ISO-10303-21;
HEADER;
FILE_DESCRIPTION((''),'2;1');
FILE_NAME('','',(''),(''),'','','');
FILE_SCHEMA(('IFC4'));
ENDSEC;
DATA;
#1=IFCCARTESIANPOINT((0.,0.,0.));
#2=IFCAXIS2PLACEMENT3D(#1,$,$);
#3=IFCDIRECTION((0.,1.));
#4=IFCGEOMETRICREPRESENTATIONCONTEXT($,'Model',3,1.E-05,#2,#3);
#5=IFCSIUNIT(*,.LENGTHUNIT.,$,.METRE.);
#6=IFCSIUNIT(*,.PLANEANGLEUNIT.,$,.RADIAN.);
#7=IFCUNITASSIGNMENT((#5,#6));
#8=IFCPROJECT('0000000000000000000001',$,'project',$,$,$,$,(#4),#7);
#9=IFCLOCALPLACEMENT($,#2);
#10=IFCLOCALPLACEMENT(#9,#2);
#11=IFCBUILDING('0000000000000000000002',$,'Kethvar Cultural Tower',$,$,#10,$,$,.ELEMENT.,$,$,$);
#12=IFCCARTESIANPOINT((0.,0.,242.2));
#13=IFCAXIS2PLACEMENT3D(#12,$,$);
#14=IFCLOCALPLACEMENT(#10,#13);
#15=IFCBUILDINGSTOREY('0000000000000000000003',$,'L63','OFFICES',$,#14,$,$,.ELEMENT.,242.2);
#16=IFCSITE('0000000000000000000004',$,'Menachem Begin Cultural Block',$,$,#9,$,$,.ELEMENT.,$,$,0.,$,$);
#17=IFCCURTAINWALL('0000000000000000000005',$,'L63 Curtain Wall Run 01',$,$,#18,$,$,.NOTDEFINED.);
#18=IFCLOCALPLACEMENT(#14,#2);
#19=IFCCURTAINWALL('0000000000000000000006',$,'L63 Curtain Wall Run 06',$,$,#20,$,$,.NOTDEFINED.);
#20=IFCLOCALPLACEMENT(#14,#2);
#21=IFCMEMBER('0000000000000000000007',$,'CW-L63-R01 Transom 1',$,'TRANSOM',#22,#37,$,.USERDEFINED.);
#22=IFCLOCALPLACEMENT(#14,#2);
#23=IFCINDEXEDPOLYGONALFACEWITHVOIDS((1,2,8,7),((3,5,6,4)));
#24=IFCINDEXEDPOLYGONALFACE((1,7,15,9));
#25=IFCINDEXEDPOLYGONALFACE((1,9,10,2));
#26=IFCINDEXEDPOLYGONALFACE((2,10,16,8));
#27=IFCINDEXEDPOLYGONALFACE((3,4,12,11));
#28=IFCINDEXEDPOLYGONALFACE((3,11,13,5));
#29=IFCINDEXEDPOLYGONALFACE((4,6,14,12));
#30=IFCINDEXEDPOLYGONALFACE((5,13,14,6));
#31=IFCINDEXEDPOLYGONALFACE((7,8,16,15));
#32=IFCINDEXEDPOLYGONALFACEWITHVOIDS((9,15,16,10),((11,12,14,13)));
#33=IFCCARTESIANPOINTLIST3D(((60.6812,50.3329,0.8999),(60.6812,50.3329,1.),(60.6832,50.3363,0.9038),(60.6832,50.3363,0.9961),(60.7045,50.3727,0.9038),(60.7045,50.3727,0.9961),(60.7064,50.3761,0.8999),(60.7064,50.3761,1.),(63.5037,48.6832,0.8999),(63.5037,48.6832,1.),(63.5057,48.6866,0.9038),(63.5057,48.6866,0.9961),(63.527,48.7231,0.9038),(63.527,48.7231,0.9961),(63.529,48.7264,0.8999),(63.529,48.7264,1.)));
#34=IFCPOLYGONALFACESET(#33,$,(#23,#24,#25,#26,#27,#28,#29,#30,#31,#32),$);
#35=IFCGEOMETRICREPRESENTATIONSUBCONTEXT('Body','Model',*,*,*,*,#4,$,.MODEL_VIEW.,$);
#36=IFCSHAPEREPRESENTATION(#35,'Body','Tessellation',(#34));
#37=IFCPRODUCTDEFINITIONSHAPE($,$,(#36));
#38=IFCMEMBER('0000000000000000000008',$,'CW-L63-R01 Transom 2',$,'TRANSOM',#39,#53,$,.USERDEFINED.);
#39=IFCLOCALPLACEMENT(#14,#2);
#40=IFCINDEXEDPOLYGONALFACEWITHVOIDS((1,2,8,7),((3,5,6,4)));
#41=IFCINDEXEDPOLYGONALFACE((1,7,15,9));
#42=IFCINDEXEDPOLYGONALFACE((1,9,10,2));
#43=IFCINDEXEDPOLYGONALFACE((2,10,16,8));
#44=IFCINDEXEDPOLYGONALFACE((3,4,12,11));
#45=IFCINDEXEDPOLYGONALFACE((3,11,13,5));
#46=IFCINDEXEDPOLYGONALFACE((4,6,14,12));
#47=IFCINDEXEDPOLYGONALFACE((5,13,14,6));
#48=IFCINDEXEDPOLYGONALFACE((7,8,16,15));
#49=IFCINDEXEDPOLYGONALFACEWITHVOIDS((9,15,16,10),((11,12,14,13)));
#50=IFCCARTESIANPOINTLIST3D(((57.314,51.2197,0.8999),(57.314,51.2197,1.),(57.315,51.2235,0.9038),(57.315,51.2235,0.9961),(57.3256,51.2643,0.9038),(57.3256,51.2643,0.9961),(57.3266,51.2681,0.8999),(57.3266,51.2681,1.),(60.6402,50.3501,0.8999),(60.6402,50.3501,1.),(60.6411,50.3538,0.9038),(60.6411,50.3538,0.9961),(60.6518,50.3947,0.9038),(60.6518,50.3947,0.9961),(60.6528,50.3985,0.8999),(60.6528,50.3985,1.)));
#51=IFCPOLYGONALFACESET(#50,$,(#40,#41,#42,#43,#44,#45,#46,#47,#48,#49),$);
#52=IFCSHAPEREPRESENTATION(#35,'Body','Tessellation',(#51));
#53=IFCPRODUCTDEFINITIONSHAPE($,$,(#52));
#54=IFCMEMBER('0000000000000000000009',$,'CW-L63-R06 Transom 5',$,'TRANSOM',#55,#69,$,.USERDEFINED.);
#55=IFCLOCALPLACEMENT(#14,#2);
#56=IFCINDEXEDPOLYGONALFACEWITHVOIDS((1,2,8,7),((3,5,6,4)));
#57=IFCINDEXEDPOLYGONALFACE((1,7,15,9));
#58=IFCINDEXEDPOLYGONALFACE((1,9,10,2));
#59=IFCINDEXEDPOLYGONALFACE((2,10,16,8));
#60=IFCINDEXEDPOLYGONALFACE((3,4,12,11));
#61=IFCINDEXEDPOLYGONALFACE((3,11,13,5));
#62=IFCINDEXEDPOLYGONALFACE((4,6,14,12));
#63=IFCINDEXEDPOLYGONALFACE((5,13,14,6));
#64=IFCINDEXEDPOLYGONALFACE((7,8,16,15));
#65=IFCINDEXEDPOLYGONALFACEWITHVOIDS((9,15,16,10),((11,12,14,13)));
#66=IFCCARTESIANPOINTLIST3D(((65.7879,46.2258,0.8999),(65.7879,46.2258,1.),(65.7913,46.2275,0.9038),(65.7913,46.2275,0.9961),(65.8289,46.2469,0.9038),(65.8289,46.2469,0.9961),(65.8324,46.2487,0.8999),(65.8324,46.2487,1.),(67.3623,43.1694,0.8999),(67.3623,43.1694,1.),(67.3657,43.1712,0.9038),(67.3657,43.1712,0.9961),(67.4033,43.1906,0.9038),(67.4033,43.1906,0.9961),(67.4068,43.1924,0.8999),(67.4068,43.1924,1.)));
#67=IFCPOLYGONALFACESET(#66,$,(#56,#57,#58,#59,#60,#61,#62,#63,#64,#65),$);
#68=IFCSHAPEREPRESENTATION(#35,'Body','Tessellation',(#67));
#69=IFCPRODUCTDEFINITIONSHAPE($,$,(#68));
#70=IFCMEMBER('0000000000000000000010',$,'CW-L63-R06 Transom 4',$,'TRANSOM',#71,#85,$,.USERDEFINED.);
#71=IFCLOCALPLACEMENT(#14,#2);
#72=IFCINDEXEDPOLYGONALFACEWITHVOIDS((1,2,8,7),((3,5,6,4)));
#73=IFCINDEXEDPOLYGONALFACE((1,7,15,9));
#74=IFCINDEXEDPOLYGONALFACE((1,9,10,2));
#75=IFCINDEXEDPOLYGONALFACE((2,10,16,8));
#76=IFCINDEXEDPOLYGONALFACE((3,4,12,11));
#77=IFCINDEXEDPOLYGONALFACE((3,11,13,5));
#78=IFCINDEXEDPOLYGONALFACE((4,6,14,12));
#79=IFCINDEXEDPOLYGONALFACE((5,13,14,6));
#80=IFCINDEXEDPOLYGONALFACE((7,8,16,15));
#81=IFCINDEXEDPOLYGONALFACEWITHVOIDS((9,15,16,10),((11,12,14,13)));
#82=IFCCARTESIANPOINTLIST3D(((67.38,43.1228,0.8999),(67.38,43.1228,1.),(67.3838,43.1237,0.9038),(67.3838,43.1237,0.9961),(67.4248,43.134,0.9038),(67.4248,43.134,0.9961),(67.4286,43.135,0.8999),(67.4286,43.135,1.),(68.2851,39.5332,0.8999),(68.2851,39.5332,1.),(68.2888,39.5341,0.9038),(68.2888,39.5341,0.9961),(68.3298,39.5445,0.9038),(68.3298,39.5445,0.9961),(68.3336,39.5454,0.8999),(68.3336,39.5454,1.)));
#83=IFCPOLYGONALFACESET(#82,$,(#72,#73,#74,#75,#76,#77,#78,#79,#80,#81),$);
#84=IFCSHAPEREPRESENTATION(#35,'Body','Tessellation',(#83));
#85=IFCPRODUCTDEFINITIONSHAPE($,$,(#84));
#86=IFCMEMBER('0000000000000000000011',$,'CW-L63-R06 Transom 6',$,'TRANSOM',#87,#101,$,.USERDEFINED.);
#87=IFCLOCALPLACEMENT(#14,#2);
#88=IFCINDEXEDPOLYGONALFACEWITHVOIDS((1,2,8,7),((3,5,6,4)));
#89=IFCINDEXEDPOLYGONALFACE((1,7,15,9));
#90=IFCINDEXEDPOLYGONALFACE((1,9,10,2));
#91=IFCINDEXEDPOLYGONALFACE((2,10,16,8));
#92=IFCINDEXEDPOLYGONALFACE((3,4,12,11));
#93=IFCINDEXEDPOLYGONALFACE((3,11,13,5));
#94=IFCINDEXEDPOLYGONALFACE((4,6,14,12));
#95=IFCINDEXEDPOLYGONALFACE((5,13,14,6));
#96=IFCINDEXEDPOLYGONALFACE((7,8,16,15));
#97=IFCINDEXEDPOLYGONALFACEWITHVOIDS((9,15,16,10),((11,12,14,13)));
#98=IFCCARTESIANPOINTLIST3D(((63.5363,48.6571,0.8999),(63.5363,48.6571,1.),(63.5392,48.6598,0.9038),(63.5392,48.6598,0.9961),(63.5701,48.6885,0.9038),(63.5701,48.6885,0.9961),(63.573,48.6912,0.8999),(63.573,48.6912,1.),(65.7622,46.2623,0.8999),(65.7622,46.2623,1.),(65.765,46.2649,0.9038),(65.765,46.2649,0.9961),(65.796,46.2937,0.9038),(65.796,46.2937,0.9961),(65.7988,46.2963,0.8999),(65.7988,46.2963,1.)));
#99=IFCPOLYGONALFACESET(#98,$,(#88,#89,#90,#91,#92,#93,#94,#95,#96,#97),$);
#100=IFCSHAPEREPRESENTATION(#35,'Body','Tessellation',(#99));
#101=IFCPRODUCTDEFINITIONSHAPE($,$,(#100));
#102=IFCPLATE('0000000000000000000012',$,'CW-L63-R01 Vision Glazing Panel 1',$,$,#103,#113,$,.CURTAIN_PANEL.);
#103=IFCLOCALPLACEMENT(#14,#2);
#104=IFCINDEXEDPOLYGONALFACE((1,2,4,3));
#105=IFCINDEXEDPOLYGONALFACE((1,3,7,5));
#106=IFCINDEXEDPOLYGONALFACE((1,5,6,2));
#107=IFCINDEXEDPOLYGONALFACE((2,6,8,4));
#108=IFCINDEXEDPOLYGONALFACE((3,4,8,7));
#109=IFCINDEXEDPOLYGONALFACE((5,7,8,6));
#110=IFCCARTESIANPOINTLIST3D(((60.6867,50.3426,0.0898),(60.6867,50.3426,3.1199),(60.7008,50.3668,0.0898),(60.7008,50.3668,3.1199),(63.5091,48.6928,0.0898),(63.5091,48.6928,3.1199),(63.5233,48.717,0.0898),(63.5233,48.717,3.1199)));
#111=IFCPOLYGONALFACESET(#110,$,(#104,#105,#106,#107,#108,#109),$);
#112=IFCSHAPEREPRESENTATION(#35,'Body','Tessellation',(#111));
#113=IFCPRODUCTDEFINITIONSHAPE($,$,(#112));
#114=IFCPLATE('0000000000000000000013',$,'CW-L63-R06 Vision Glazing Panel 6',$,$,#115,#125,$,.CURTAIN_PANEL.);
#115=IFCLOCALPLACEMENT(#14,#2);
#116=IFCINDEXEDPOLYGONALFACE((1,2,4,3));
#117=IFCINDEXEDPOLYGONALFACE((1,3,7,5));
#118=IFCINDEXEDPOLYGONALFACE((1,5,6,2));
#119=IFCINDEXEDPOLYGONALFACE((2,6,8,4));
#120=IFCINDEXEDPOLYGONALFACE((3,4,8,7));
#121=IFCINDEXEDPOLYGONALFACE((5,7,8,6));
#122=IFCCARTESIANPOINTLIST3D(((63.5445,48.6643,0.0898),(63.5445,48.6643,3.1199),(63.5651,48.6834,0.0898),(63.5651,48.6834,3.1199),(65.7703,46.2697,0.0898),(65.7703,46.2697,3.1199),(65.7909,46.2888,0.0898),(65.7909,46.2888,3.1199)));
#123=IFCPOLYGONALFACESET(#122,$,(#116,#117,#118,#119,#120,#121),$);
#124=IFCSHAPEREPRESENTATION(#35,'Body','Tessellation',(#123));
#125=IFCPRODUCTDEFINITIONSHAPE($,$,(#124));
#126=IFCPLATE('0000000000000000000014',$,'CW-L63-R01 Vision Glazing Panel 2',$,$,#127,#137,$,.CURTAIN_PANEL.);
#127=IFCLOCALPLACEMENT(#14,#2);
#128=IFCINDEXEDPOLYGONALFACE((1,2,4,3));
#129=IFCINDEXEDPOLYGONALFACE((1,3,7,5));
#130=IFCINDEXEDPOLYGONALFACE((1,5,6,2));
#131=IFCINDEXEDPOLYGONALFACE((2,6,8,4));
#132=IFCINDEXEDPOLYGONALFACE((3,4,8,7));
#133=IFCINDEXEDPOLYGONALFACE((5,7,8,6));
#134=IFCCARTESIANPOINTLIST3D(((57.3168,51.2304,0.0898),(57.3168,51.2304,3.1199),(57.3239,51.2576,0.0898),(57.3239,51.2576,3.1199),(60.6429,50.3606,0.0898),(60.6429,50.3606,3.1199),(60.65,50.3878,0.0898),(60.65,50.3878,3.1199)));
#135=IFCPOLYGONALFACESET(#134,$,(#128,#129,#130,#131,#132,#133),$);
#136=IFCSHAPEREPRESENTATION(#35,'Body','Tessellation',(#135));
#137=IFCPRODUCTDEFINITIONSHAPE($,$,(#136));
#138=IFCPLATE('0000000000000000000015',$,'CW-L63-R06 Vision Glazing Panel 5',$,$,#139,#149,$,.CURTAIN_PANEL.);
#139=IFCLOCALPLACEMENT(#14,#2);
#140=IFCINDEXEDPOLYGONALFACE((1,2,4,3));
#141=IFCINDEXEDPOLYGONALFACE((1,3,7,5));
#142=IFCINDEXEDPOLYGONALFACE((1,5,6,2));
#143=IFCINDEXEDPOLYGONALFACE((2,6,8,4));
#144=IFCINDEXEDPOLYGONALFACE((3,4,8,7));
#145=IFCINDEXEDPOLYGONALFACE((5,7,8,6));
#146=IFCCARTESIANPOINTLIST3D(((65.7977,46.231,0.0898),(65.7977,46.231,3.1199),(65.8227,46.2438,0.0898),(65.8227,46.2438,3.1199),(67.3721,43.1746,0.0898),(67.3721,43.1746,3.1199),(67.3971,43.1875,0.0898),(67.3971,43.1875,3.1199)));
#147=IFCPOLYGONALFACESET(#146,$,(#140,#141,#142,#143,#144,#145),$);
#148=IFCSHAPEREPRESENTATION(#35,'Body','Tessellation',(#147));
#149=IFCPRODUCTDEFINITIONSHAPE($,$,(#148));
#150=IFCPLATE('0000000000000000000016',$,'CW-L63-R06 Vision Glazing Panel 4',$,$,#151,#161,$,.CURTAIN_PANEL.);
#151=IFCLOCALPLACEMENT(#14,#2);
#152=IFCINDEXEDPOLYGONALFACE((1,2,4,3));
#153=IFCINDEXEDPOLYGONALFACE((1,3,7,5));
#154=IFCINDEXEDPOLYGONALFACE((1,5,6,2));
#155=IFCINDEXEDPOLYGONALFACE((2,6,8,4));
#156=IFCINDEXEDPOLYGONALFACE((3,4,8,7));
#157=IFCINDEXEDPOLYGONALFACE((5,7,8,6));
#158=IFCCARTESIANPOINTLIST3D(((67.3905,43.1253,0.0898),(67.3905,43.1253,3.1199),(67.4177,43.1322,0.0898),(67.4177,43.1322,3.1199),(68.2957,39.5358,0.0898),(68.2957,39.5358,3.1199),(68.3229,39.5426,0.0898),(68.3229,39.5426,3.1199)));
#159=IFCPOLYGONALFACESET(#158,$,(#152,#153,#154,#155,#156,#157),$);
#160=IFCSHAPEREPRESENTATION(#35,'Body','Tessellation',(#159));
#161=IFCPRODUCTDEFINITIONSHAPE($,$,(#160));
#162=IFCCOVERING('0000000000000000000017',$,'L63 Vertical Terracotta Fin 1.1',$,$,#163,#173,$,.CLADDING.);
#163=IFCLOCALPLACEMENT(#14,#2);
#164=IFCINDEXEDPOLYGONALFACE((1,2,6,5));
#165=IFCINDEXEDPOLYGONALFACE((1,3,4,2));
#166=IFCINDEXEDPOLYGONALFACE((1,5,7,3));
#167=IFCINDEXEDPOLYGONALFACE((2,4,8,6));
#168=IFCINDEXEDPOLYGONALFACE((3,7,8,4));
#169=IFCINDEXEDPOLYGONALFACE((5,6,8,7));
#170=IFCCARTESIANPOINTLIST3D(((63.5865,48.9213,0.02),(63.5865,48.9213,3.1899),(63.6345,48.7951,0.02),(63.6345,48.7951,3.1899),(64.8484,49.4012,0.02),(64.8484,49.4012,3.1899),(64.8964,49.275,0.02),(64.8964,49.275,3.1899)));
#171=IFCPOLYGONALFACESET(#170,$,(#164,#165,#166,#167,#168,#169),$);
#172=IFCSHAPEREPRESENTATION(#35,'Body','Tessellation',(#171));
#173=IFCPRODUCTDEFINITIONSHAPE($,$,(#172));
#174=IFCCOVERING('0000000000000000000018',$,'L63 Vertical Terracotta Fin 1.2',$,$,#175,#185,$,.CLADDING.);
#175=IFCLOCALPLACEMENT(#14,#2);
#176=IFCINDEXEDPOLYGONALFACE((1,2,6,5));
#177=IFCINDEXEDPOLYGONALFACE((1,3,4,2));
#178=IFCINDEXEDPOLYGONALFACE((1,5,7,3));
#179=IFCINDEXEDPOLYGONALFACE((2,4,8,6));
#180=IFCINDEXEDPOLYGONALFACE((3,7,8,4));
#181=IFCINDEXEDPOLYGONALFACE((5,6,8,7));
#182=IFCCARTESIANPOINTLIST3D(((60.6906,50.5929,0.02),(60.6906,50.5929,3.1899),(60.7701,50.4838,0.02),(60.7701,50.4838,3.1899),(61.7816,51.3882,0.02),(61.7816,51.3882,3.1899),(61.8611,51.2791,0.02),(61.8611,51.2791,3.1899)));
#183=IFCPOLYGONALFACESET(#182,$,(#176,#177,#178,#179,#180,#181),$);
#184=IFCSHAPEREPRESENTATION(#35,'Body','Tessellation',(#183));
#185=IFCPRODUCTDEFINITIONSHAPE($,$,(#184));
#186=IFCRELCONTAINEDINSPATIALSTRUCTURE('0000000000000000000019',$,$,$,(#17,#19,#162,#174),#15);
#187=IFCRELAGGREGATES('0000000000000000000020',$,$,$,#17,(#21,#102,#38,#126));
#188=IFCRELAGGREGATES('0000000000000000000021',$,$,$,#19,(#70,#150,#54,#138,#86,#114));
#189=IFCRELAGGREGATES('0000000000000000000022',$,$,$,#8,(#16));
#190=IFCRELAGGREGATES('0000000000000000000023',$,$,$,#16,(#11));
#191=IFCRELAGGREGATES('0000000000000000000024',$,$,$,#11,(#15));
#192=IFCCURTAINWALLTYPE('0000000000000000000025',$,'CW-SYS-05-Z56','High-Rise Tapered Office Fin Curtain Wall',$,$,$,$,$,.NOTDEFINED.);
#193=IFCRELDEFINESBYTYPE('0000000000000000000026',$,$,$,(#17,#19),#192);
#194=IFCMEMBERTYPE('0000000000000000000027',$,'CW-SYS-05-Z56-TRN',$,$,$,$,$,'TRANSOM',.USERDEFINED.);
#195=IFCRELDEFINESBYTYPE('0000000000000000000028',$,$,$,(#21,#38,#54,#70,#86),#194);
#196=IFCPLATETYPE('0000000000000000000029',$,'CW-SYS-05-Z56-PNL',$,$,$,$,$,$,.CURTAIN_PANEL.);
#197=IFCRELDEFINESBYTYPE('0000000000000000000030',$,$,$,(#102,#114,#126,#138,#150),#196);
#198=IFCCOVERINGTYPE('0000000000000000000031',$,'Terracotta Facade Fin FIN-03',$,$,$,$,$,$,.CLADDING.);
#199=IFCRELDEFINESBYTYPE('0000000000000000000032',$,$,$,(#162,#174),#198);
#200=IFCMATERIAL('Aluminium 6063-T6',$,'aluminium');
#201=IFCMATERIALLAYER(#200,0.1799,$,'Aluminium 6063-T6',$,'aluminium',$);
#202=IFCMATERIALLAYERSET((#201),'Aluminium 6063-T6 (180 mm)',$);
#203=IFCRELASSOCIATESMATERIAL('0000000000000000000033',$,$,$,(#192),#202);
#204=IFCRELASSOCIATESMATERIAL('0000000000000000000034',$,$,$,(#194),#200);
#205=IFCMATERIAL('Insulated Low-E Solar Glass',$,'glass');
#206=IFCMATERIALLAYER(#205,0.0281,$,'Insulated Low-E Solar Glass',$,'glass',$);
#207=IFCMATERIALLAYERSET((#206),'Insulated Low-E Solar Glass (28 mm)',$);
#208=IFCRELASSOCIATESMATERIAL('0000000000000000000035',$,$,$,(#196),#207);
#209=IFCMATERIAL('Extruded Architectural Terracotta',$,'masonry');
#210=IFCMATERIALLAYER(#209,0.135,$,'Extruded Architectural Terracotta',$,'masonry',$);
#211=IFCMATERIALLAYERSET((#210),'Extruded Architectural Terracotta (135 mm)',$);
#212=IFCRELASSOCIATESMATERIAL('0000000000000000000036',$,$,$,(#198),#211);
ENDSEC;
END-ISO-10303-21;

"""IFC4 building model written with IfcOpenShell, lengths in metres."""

from ifc_helpers import new_model, si_unit, direction, frame, origin, origin_2d, place, context, subcontext, project, spatial, rectangle, hollow_rectangle, extrude, source, transform, mapped, material, layer, layer_set, material_profile, profile_set, type_object, element, aggregate, save


model = new_model("IFC4")

# Units and contexts
model_context = context("Model", 3, precision=1e-05, world=origin(), true_north=direction((0.0, 1.0)))
body_context = subcontext(model_context, "Body", "Model", "MODEL_VIEW")
ifc_project = project(units=[si_unit("LENGTHUNIT", "METRE"), si_unit("PLANEANGLEUNIT", "RADIAN")], contexts=[model_context])

# Site, building, storey
site_placement = place(None, origin())
site = spatial("IfcSite", under=ifc_project, at=site_placement, Name="Menachem Begin Cultural Block", CompositionType="ELEMENT", RefElevation=0.0)
building_placement = place(site_placement, origin())
building = spatial("IfcBuilding", under=site, at=building_placement, Name="Kethvar Cultural Tower", CompositionType="ELEMENT")
storey_placement = place(building_placement, frame((0.0, 0.0, 242.2)))
storey = spatial("IfcBuildingStorey", under=building, at=storey_placement, Name="L63", Description="OFFICES", CompositionType="ELEMENT", Elevation=242.2)

# Curtain walls
ifc_material_1 = material(Name="Aluminium 6063-T6", Category="aluminium")
ifc_layer_1 = layer(ifc_material_1, 0.1799, Name="Aluminium 6063-T6", Category="aluminium")
ifc_layer_set_1 = layer_set([ifc_layer_1], Name="Aluminium 6063-T6 (180 mm)")
curtain_wall_type = type_object("IfcCurtainWallType", Name="CW-SYS-05-Z56", Description="High-Rise Tapered Office Fin Curtain Wall", PredefinedType="NOTDEFINED", material=ifc_layer_set_1)
curtain_wall_1_placement = place(storey_placement, origin())
curtain_wall_1 = element("IfcCurtainWall", 1, at=curtain_wall_1_placement, inside=storey, type_object=curtain_wall_type, Name="L63 Curtain Wall Run 01", PredefinedType="NOTDEFINED")
curtain_wall_2_placement = place(storey_placement, origin())
curtain_wall_2 = element("IfcCurtainWall", 2, at=curtain_wall_2_placement, inside=storey, type_object=curtain_wall_type, Name="L63 Curtain Wall Run 06", PredefinedType="NOTDEFINED")

# Members
ifc_material_profile_1 = material_profile(ifc_material_1, hollow_rectangle(XDim=0.05, YDim=0.1001, WallThickness=0.0039, at=origin_2d()), Name="Aluminium 6063-T6 — RHS100x50x4")
ifc_profile_set_1 = profile_set([ifc_material_profile_1], Name="Aluminium 6063-T6 — RHS100x50x4")
member_type_1 = type_object("IfcMemberType", Name="CW-SYS-05-Z56-TRN", ElementType="TRANSOM", PredefinedType="USERDEFINED", material=ifc_profile_set_1)
shared_shape_1 = source(origin(), body_context, "Body", "SweptSolid", [
    extrude(hollow_rectangle(XDim=0.05, YDim=0.1001, WallThickness=0.0039, at=origin_2d()), origin(), (0.0, 0.0, 1.0), 3.2693),
])
member_1_placement = place(storey_placement, frame((63.5164, 48.7048, 0.95), z_axis=(-0.863353, 0.5046, 0.0), x_axis=(-0.5046, -0.863353, 0.0)))
member_1 = element("IfcMember", 3, at=member_1_placement, type_object=member_type_1, Name="CW-L63-R01 Transom 1", ObjectType="TRANSOM", PredefinedType="USERDEFINED", context=body_context, shape_type="MappedRepresentation", body=[
    mapped(shared_shape_1, transform((0.0, 0.0, 0.0), scale=1.0)),
])
shared_shape_2 = source(origin(), body_context, "Body", "SweptSolid", [
    extrude(hollow_rectangle(XDim=0.05, YDim=0.1001, WallThickness=0.0039, at=origin_2d()), origin(), (0.0, 0.0, 1.0), 3.438),
])
member_2_placement = place(storey_placement, frame((60.6465, 50.3743, 0.95), z_axis=(-0.96748, 0.252948, 0.0), x_axis=(-0.252948, -0.96748, 0.0)))
member_2 = element("IfcMember", 4, at=member_2_placement, type_object=member_type_1, Name="CW-L63-R01 Transom 2", ObjectType="TRANSOM", PredefinedType="USERDEFINED", context=body_context, shape_type="MappedRepresentation", body=[
    mapped(shared_shape_2, transform((0.0, 0.0, 0.0), scale=1.0)),
])
member_3_placement = place(storey_placement, frame((67.3845, 43.1809, 0.95), z_axis=(-0.457946, 0.88898, 0.0), x_axis=(-0.88898, -0.457946, 0.0)))
member_3 = element("IfcMember", 5, at=member_3_placement, type_object=member_type_1, Name="CW-L63-R06 Transom 5", ObjectType="TRANSOM", PredefinedType="USERDEFINED", context=body_context, shape_type="MappedRepresentation", body=[
    mapped(shared_shape_2, transform((0.0, 0.0, 0.0), scale=1.0)),
])
shared_shape_3 = source(origin(), body_context, "Body", "SweptSolid", [
    extrude(hollow_rectangle(XDim=0.05, YDim=0.1001, WallThickness=0.0039, at=origin_2d()), origin(), (0.0, 0.0, 1.0), 3.7019),
])
member_4_placement = place(storey_placement, frame((68.3093, 39.5393, 0.95), z_axis=(-0.244475, 0.969656, 0.0), x_axis=(-0.969656, -0.244475, 0.0)))
member_4 = element("IfcMember", 6, at=member_4_placement, type_object=member_type_1, Name="CW-L63-R06 Transom 4", ObjectType="TRANSOM", PredefinedType="USERDEFINED", context=body_context, shape_type="MappedRepresentation", body=[
    mapped(shared_shape_3, transform((0.0, 0.0, 0.0), scale=1.0)),
])
shared_shape_4 = source(origin(), body_context, "Body", "SweptSolid", [
    extrude(hollow_rectangle(XDim=0.05, YDim=0.1001, WallThickness=0.0039, at=origin_2d()), origin(), (0.0, 0.0, 1.0), 3.2695),
])
member_5_placement = place(storey_placement, frame((65.7805, 46.2793, 0.95), z_axis=(-0.680798, 0.732472, 0.0), x_axis=(-0.732472, -0.680798, 0.0)))
member_5 = element("IfcMember", 7, at=member_5_placement, type_object=member_type_1, Name="CW-L63-R06 Transom 6", ObjectType="TRANSOM", PredefinedType="USERDEFINED", context=body_context, shape_type="MappedRepresentation", body=[
    mapped(shared_shape_4, transform((0.0, 0.0, 0.0), scale=1.0)),
])

# Plates
ifc_material_2 = material(Name="Insulated Low-E Solar Glass", Category="glass")
ifc_layer_2 = layer(ifc_material_2, 0.0281, Name="Insulated Low-E Solar Glass", Category="glass")
ifc_layer_set_2 = layer_set([ifc_layer_2], Name="Insulated Low-E Solar Glass (28 mm)")
plate_type = type_object("IfcPlateType", Name="CW-SYS-05-Z56-PNL", PredefinedType="CURTAIN_PANEL", material=ifc_layer_set_2)
shared_shape_5 = source(origin(), body_context, "Body", "SweptSolid", [
    extrude(rectangle(XDim=3.2693, YDim=0.0281, at=origin_2d()), origin(), (0.0, 0.0, 1.0), 3.03),
])
plate_1_placement = place(storey_placement, frame((62.105, 49.5298, 0.0898), z_axis=(0.0, 0.0, 1.0), x_axis=(-0.863334, 0.504633, 0.0)))
plate_1 = element("IfcPlate", 8, at=plate_1_placement, type_object=plate_type, Name="CW-L63-R01 Vision Glazing Panel 1", PredefinedType="CURTAIN_PANEL", context=body_context, shape_type="MappedRepresentation", body=[
    mapped(shared_shape_5, transform((0.0, 0.0, 0.0), scale=1.0)),
])
plate_2_placement = place(storey_placement, frame((64.6677, 47.4766, 0.0898), z_axis=(0.0, 0.0, 1.0), x_axis=(-0.680823, 0.732448, 0.0)))
plate_2 = element("IfcPlate", 9, at=plate_2_placement, type_object=plate_type, Name="CW-L63-R06 Vision Glazing Panel 6", PredefinedType="CURTAIN_PANEL", context=body_context, shape_type="MappedRepresentation", body=[
    mapped(shared_shape_5, transform((0.0, 0.0, 0.0), scale=1.0)),
])
shared_shape_6 = source(origin(), body_context, "Body", "SweptSolid", [
    extrude(rectangle(XDim=3.438, YDim=0.0281, at=origin_2d()), origin(), (0.0, 0.0, 1.0), 3.03),
])
plate_3_placement = place(storey_placement, frame((58.9834, 50.8091, 0.0898), z_axis=(0.0, 0.0, 1.0), x_axis=(-0.967467, 0.252998, 0.0)))
plate_3 = element("IfcPlate", 10, at=plate_3_placement, type_object=plate_type, Name="CW-L63-R01 Vision Glazing Panel 2", PredefinedType="CURTAIN_PANEL", context=body_context, shape_type="MappedRepresentation", body=[
    mapped(shared_shape_6, transform((0.0, 0.0, 0.0), scale=1.0)),
])
aggregate(curtain_wall_1, [member_1, plate_1, member_2, plate_3])
plate_4_placement = place(storey_placement, frame((66.5974, 44.7092, 0.0898), z_axis=(0.0, 0.0, 1.0), x_axis=(-0.457936, 0.888985, 0.0)))
plate_4 = element("IfcPlate", 11, at=plate_4_placement, type_object=plate_type, Name="CW-L63-R06 Vision Glazing Panel 5", PredefinedType="CURTAIN_PANEL", context=body_context, shape_type="MappedRepresentation", body=[
    mapped(shared_shape_6, transform((0.0, 0.0, 0.0), scale=1.0)),
])
shared_shape_7 = source(origin(), body_context, "Body", "SweptSolid", [
    extrude(rectangle(XDim=3.7019, YDim=0.0281, at=origin_2d()), origin(), (0.0, 0.0, 1.0), 3.03),
])
plate_5_placement = place(storey_placement, frame((67.8567, 41.334, 0.0898), z_axis=(0.0, 0.0, 1.0), x_axis=(-0.244512, 0.969646, 0.0)))
plate_5 = element("IfcPlate", 12, at=plate_5_placement, type_object=plate_type, Name="CW-L63-R06 Vision Glazing Panel 4", PredefinedType="CURTAIN_PANEL", context=body_context, shape_type="MappedRepresentation", body=[
    mapped(shared_shape_7, transform((0.0, 0.0, 0.0), scale=1.0)),
])
aggregate(curtain_wall_2, [member_4, plate_5, member_3, plate_4, member_5, plate_2])

# Coverings
ifc_material_3 = material(Name="Extruded Architectural Terracotta", Category="masonry")
ifc_layer_3 = layer(ifc_material_3, 0.135, Name="Extruded Architectural Terracotta", Category="masonry")
ifc_layer_set_3 = layer_set([ifc_layer_3], Name="Extruded Architectural Terracotta (135 mm)")
covering_type = type_object("IfcCoveringType", Name="Terracotta Facade Fin FIN-03", PredefinedType="CLADDING", material=ifc_layer_set_3)
shared_shape_8 = source(origin(), body_context, "Body", "SweptSolid", [
    extrude(rectangle(XDim=1.3501, YDim=0.135, at=origin_2d()), origin(), (0.0, 0.0, 1.0), 3.1699),
])
for number, where, z_axis, x_axis, name in (
    (13, (64.2415, 49.0981, 0.02), (0.0, 0.0, 1.0), (0.934702, 0.355433, 0.0), "L63 Vertical Terracotta Fin 1.1"),
    (14, (61.2759, 50.936, 0.02), (0.0, 0.0, 1.0), (0.808093, 0.589055, 0.0), "L63 Vertical Terracotta Fin 1.2"),
):
    element("IfcCovering", number, at=place(storey_placement, frame(where, z_axis=z_axis, x_axis=x_axis)), inside=storey, type_object=covering_type, Name=name, PredefinedType="CLADDING", context=body_context, shape_type="MappedRepresentation", body=[
        mapped(shared_shape_8, transform((0.0, 0.0, 0.0), scale=1.0)),
    ])

save(model, "model.ifc")
